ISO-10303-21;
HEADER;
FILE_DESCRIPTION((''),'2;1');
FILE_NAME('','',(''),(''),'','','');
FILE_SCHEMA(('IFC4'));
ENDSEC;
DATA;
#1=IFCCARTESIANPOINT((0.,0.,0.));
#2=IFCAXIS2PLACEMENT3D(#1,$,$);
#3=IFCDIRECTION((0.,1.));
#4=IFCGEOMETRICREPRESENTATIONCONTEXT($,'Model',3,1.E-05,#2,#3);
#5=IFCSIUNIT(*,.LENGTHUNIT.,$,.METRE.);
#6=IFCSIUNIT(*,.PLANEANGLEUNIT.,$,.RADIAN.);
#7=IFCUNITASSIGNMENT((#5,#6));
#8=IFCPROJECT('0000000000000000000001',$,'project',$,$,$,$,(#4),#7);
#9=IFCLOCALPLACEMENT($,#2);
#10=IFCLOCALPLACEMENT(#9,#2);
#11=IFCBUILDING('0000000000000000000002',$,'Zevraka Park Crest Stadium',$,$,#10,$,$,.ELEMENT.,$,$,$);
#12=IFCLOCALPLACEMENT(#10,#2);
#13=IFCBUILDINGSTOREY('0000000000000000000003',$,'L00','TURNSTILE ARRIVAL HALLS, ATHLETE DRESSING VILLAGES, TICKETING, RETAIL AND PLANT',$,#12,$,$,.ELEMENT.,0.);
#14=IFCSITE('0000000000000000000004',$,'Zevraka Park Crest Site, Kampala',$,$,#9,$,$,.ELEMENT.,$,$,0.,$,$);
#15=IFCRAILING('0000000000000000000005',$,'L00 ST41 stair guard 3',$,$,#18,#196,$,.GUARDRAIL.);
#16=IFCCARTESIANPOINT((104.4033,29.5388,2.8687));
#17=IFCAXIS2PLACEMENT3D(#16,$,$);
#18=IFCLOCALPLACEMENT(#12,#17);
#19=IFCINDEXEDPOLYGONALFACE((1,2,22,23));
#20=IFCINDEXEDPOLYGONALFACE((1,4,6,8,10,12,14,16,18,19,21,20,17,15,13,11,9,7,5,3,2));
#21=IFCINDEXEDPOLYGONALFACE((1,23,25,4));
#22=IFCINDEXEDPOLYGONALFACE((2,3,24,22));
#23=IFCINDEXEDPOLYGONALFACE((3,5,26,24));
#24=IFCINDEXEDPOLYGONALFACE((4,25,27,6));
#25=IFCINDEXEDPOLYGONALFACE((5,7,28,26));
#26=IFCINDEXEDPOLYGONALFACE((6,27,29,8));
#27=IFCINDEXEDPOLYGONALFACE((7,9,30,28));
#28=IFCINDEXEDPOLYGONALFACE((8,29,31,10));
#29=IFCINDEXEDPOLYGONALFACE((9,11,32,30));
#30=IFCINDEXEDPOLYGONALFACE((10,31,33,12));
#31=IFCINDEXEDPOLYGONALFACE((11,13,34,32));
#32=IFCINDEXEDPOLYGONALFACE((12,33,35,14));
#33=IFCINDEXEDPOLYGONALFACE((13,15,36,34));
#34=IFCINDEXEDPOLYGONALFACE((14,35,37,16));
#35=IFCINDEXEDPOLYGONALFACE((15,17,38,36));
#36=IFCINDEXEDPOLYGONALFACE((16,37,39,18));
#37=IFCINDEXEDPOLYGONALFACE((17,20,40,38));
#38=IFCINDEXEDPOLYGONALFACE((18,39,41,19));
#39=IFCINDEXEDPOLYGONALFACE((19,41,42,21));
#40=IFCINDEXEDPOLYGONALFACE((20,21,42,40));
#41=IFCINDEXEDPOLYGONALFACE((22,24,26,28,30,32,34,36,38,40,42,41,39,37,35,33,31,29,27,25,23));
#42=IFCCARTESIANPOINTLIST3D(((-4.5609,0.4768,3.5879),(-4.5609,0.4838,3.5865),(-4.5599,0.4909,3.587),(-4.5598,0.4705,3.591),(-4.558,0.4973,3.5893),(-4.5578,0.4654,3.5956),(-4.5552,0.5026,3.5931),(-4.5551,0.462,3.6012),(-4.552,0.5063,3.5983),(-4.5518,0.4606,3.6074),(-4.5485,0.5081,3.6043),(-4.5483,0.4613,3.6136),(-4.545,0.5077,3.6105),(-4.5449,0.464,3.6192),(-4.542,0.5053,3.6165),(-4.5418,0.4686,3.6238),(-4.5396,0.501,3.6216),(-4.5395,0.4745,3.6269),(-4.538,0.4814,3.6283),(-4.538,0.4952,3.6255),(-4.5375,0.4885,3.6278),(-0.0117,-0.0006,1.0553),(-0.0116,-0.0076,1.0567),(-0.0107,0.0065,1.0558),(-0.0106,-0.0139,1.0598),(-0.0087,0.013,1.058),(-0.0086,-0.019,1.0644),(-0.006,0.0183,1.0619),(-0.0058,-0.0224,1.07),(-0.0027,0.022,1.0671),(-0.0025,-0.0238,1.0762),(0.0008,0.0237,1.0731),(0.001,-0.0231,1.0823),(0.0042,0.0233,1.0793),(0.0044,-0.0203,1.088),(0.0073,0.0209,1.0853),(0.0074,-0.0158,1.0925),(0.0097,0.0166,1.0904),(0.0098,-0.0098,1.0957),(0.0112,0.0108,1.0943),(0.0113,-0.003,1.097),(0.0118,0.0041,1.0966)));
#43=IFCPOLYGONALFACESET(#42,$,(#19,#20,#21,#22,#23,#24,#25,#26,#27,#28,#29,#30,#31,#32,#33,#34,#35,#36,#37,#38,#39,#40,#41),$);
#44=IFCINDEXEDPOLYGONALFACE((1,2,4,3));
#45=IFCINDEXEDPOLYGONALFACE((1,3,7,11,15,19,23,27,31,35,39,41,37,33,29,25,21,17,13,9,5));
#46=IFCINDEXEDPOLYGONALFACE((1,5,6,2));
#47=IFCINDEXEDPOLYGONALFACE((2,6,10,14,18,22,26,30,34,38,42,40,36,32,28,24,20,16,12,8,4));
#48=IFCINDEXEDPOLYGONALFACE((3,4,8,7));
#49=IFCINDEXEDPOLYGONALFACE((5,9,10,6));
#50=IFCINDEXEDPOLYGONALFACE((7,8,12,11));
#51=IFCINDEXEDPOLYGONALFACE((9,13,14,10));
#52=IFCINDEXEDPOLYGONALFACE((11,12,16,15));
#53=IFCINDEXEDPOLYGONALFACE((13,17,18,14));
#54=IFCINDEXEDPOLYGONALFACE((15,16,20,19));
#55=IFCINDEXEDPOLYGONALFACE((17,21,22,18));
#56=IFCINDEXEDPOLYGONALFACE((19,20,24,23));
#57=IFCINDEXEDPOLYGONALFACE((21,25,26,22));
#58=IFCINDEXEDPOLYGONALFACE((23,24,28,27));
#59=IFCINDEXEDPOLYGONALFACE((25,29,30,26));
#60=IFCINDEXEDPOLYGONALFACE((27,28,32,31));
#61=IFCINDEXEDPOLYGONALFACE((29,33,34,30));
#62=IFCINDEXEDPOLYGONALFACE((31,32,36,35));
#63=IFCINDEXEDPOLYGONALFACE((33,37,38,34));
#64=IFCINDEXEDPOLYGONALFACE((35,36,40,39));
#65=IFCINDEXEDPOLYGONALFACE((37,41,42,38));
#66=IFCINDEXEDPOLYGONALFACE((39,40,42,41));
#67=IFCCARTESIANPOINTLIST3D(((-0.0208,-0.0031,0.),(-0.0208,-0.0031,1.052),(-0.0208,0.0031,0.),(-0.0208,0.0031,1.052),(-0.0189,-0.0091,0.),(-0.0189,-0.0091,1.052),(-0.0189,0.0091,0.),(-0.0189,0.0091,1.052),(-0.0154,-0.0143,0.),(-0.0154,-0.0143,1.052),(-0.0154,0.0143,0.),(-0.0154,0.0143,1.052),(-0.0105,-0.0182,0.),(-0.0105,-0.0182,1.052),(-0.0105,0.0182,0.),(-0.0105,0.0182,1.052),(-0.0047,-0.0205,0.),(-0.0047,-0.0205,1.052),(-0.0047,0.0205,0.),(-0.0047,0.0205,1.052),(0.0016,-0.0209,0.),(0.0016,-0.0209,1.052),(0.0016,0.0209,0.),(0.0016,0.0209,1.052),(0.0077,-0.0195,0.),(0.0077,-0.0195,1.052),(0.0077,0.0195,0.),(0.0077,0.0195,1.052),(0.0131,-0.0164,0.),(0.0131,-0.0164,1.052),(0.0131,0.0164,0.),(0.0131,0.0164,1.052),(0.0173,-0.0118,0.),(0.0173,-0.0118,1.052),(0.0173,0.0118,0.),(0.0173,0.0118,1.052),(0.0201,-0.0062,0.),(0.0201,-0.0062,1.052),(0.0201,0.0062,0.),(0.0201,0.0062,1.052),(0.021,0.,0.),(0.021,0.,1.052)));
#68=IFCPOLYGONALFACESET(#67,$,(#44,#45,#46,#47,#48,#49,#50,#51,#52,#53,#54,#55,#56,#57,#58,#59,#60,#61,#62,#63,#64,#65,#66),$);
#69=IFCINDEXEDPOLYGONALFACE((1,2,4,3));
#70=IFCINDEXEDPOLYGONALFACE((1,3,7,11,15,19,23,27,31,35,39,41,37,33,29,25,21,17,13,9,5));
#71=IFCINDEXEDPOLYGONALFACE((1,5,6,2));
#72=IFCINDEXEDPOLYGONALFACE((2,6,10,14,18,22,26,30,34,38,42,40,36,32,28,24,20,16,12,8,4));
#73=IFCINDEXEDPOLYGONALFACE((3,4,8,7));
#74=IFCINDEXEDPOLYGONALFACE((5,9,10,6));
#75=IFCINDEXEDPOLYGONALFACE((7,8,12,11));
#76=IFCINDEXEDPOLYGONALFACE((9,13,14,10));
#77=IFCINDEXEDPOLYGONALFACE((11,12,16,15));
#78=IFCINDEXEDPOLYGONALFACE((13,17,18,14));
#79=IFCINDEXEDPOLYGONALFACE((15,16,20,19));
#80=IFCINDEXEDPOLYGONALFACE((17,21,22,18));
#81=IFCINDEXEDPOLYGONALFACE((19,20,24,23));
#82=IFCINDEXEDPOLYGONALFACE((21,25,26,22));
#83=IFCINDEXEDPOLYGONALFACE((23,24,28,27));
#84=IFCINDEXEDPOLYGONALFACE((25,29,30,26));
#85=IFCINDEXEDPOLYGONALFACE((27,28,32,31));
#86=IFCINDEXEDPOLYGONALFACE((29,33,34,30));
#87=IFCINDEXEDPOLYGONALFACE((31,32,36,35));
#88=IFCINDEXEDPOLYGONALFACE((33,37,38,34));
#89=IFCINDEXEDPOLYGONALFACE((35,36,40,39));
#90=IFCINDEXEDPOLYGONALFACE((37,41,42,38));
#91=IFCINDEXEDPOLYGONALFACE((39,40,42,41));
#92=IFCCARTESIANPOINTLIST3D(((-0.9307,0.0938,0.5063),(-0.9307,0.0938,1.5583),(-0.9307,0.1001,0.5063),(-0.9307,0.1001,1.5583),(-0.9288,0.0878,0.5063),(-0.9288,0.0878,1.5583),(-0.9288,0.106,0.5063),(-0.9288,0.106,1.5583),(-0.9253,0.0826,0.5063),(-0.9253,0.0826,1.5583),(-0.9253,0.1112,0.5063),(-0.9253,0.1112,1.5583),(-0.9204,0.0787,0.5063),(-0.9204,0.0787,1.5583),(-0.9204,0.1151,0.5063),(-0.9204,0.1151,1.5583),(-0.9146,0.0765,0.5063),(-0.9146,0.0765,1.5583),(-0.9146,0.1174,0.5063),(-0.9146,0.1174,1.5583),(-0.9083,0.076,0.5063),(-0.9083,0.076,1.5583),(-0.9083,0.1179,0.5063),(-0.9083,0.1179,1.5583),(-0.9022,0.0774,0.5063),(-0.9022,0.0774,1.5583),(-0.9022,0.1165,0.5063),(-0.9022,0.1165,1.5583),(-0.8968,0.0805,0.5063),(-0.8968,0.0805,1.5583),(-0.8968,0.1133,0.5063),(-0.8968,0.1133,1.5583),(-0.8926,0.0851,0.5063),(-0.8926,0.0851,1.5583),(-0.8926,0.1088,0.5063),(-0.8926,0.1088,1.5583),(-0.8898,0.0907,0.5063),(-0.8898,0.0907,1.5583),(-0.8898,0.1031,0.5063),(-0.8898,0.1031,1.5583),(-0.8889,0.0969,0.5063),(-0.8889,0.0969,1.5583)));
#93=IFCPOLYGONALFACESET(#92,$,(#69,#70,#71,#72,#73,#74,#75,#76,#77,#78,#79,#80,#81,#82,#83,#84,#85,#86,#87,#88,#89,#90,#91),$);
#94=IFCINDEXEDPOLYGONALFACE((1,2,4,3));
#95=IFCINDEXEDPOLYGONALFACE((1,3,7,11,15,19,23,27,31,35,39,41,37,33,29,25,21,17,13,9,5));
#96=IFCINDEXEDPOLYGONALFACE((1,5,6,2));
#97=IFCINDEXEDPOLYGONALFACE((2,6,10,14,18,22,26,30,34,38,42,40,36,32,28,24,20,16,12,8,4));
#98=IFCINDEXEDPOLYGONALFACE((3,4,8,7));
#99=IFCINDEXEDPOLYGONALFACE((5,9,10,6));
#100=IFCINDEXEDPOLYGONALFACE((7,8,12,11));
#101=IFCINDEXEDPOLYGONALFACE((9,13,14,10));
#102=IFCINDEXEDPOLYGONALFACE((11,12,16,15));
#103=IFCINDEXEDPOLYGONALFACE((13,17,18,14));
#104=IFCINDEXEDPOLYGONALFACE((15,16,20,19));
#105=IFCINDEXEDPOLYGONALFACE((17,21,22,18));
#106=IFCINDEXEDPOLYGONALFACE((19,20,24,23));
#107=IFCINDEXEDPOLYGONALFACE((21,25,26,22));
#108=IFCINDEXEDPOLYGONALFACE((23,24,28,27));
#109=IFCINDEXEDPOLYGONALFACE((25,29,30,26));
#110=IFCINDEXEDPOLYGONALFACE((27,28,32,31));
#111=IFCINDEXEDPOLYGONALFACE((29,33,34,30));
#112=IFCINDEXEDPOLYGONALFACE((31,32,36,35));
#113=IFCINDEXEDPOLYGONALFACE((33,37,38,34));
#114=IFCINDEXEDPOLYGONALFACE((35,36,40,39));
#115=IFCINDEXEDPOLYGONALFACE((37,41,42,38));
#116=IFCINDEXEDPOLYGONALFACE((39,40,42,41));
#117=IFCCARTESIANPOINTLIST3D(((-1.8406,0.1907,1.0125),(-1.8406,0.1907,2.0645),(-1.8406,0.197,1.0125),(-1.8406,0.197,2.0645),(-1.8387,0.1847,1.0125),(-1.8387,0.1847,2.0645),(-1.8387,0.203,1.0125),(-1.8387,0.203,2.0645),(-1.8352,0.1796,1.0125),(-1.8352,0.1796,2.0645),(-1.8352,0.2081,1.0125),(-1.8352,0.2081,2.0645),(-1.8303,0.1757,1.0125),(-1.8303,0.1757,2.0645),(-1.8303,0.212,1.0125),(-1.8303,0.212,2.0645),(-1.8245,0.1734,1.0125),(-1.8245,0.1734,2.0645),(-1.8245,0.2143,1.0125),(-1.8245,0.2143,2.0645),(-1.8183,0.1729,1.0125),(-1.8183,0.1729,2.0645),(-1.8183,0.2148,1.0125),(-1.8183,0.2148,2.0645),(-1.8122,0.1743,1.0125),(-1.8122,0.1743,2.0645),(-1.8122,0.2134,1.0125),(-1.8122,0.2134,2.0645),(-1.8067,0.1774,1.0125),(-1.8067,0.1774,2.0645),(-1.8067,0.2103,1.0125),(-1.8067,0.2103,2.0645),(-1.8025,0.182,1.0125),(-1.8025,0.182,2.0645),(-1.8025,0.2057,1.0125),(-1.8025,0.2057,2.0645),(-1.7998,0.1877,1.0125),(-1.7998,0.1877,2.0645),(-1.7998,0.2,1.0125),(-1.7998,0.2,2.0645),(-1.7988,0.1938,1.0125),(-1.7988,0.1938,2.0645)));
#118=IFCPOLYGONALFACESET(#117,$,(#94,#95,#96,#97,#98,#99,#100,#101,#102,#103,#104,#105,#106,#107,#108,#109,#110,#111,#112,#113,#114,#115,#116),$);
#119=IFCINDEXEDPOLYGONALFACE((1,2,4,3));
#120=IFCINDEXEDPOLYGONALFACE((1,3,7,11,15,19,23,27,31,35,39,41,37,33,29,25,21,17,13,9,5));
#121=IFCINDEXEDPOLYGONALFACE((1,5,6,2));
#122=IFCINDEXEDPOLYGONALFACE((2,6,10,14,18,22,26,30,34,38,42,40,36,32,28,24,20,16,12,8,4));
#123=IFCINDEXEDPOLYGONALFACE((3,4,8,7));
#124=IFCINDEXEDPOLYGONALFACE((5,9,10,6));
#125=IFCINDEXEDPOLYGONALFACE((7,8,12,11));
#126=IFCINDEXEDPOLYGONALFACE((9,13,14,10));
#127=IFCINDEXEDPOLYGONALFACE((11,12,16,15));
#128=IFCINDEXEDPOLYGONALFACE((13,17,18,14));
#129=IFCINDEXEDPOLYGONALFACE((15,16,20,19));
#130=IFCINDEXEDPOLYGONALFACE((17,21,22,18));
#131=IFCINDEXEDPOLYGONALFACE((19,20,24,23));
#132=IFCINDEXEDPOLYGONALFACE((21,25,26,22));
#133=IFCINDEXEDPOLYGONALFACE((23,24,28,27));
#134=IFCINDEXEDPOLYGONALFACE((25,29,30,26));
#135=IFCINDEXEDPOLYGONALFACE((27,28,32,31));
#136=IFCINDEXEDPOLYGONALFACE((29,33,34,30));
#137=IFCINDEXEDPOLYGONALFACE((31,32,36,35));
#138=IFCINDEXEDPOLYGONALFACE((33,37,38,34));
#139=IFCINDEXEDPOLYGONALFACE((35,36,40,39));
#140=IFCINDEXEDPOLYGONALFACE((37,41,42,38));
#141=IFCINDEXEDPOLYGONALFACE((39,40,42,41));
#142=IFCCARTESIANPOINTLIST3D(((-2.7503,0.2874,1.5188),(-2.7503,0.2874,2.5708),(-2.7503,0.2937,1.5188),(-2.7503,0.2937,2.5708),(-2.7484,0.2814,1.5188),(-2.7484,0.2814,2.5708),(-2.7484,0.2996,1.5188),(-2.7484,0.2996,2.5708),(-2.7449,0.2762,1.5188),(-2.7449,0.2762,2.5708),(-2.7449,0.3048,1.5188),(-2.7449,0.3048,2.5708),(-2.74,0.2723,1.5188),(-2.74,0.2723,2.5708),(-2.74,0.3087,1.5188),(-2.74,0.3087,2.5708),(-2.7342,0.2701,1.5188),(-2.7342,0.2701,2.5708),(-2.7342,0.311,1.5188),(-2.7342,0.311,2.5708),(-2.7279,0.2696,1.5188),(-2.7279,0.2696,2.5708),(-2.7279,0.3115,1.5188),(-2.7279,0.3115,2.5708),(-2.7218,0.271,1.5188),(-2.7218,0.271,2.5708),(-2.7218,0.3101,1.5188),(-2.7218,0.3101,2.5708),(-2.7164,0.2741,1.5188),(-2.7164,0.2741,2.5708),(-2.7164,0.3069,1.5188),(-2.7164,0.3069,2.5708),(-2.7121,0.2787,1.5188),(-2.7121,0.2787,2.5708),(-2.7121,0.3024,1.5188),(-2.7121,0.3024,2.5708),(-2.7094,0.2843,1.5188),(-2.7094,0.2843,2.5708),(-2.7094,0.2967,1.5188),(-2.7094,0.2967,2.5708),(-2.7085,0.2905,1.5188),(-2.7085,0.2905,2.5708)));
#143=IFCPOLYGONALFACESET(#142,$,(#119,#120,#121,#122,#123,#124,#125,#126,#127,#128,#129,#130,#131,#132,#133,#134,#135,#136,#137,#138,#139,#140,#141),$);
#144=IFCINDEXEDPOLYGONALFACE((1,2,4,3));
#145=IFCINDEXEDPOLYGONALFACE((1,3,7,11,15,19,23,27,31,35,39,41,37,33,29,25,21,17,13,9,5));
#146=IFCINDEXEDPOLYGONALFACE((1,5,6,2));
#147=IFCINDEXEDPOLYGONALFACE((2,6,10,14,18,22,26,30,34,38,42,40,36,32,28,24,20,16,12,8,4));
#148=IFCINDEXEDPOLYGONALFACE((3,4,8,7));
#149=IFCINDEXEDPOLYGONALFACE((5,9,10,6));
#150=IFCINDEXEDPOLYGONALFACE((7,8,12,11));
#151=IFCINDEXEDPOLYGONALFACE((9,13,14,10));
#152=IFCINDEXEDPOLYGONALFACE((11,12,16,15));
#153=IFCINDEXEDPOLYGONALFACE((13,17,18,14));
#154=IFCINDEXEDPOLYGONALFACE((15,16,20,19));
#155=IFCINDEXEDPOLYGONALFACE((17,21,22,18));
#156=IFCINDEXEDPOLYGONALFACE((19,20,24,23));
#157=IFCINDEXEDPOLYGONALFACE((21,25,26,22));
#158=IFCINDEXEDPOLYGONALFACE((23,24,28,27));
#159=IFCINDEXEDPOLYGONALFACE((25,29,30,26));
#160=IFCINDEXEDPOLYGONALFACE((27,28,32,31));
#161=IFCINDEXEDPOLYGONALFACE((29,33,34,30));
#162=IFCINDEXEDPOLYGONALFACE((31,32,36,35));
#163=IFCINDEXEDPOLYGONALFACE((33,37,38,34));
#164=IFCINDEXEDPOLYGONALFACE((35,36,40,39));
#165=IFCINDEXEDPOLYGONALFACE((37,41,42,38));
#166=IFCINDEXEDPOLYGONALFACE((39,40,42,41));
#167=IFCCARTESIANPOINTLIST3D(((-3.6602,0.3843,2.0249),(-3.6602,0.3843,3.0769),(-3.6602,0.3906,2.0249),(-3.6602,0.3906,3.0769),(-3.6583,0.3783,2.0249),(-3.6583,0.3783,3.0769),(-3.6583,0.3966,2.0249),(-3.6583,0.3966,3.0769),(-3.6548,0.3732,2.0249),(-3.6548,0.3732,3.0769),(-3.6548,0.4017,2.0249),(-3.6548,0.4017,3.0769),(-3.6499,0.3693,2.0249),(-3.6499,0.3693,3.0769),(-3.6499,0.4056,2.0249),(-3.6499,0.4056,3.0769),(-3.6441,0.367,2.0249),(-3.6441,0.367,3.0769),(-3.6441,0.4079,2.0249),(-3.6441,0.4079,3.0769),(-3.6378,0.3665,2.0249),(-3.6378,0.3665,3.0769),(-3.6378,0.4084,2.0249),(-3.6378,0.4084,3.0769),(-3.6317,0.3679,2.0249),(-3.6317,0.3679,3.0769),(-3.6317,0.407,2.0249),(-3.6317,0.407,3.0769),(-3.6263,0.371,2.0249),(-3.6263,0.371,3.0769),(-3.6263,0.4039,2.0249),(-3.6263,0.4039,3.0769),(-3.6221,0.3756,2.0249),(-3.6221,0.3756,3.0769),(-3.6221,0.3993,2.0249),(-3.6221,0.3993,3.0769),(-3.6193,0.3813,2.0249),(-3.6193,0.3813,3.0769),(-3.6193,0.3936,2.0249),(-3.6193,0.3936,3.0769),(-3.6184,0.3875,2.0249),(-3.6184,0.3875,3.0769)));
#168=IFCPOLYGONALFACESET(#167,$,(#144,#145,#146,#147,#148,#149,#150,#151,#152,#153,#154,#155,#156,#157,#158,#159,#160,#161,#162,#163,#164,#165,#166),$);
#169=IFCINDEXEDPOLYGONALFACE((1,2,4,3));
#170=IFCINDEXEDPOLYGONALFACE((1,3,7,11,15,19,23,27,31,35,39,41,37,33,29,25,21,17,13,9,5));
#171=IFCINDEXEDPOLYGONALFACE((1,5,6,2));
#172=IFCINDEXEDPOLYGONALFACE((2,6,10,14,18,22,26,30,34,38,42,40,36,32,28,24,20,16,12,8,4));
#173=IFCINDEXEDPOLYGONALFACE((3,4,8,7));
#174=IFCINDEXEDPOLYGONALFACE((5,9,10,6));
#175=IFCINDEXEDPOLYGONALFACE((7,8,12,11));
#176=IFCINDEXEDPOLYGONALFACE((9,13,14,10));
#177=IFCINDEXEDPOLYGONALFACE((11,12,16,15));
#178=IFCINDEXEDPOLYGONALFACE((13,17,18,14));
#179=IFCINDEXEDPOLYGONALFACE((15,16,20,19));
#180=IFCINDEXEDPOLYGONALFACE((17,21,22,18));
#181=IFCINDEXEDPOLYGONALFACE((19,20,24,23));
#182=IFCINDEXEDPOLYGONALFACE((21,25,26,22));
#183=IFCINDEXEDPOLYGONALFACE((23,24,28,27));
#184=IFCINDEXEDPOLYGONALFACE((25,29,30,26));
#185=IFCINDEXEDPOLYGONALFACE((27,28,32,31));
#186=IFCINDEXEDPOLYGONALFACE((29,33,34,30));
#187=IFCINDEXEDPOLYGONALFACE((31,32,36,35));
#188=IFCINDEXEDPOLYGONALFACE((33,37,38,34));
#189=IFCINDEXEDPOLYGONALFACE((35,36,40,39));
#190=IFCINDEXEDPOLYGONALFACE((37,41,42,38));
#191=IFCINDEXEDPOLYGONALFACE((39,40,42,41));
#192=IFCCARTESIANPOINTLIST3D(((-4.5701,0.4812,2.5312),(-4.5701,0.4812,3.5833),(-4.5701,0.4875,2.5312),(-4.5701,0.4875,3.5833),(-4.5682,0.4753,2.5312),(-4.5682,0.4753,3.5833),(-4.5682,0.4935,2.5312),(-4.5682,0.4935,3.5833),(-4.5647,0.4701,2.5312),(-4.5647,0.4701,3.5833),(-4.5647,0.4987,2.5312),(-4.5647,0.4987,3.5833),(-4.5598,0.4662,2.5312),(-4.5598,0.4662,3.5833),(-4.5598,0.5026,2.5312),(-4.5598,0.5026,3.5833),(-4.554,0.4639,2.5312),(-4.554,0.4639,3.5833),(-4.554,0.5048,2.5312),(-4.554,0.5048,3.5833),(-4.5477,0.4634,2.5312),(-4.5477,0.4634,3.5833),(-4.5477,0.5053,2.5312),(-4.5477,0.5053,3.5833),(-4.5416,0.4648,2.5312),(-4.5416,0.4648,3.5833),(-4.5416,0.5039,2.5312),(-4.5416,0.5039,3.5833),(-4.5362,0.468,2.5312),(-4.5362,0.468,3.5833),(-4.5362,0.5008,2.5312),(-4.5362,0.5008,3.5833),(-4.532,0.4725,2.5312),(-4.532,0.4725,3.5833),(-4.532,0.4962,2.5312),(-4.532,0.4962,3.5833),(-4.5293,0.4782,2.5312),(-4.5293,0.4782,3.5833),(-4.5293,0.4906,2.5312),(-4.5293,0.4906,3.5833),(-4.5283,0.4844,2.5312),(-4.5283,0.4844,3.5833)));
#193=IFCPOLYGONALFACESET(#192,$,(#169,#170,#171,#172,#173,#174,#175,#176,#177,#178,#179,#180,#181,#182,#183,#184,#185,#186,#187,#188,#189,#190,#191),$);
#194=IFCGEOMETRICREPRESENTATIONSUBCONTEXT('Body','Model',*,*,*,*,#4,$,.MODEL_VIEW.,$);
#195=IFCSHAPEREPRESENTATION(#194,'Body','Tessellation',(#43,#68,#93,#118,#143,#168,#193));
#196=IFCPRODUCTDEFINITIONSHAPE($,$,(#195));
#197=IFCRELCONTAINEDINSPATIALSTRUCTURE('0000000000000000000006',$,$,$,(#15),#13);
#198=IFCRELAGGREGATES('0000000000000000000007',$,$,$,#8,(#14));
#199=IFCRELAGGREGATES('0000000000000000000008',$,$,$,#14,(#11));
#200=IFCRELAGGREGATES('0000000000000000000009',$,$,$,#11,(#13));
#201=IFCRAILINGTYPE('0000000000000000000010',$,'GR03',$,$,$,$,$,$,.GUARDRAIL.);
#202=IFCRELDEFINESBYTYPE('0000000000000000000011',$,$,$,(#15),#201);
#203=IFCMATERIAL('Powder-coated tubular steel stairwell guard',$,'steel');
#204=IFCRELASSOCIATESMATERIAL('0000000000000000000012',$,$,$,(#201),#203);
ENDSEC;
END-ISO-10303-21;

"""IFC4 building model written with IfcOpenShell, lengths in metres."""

from ifc_helpers import new_model, si_unit, direction, frame, origin, origin_2d, place, context, subcontext, project, spatial, circle, extrude, material, type_object, element, save


model = new_model("IFC4")

# Units and contexts
model_context = context("Model", 3, precision=1e-05, world=origin(), true_north=direction((0.0, 1.0)))
body_context = subcontext(model_context, "Body", "Model", "MODEL_VIEW")
ifc_project = project(units=[si_unit("LENGTHUNIT", "METRE"), si_unit("PLANEANGLEUNIT", "RADIAN")], contexts=[model_context])

# Site, building, storey
site_placement = place(None, origin())
site = spatial("IfcSite", under=ifc_project, at=site_placement, Name="Zevraka Park Crest Site, Kampala", CompositionType="ELEMENT", RefElevation=0.0)
building_placement = place(site_placement, origin())
building = spatial("IfcBuilding", under=site, at=building_placement, Name="Zevraka Park Crest Stadium", CompositionType="ELEMENT")
storey_placement = place(building_placement, origin())
storey = spatial("IfcBuildingStorey", under=building, at=storey_placement, Name="L00", Description="TURNSTILE ARRIVAL HALLS, ATHLETE DRESSING VILLAGES, TICKETING, RETAIL AND PLANT", CompositionType="ELEMENT", Elevation=0.0)

# Railing
ifc_material_1 = material(Name="Powder-coated tubular steel stairwell guard", Category="steel")
railing_type_1 = type_object("IfcRailingType", Name="GR03", PredefinedType="GUARDRAIL", material=ifc_material_1)
railing_1_placement = place(storey_placement, frame((104.4033, 29.5388, 2.8687)))
element("IfcRailing", 1, at=railing_1_placement, inside=storey, type_object=railing_type_1, Name="L00 ST41 stair guard 3", PredefinedType="GUARDRAIL", context=body_context, shape_type="SweptSolid", body=[
    extrude(circle(Radius=0.0239, at=origin_2d()), frame((0.0, 0.0, 1.0762), z_axis=(-0.870085, 0.09264, 0.484117), x_axis=(-0.105874, -0.99438, 0.0)), (0.0, 0.0, 1.0), 5.2285),
    extrude(circle(Radius=0.021, at=origin_2d()), origin(), (0.0, 0.0, 1.0), 1.052),
    extrude(circle(Radius=0.021, at=origin_2d()), frame((-0.9099, 0.0969, 0.5063)), (0.0, 0.0, 1.0), 1.052),
    extrude(circle(Radius=0.021, at=origin_2d()), frame((-1.8198, 0.1938, 1.0125)), (0.0, 0.0, 1.0), 1.052),
    extrude(circle(Radius=0.021, at=origin_2d()), frame((-2.7295, 0.2905, 1.5188)), (0.0, 0.0, 1.0), 1.052),
    extrude(circle(Radius=0.021, at=origin_2d()), frame((-3.6394, 0.3875, 2.0249)), (0.0, 0.0, 1.0), 1.052),
    extrude(circle(Radius=0.021, at=origin_2d()), frame((-4.5493, 0.4844, 2.5312)), (0.0, 0.0, 1.0), 1.052),
])

save(model, "model.ifc")
